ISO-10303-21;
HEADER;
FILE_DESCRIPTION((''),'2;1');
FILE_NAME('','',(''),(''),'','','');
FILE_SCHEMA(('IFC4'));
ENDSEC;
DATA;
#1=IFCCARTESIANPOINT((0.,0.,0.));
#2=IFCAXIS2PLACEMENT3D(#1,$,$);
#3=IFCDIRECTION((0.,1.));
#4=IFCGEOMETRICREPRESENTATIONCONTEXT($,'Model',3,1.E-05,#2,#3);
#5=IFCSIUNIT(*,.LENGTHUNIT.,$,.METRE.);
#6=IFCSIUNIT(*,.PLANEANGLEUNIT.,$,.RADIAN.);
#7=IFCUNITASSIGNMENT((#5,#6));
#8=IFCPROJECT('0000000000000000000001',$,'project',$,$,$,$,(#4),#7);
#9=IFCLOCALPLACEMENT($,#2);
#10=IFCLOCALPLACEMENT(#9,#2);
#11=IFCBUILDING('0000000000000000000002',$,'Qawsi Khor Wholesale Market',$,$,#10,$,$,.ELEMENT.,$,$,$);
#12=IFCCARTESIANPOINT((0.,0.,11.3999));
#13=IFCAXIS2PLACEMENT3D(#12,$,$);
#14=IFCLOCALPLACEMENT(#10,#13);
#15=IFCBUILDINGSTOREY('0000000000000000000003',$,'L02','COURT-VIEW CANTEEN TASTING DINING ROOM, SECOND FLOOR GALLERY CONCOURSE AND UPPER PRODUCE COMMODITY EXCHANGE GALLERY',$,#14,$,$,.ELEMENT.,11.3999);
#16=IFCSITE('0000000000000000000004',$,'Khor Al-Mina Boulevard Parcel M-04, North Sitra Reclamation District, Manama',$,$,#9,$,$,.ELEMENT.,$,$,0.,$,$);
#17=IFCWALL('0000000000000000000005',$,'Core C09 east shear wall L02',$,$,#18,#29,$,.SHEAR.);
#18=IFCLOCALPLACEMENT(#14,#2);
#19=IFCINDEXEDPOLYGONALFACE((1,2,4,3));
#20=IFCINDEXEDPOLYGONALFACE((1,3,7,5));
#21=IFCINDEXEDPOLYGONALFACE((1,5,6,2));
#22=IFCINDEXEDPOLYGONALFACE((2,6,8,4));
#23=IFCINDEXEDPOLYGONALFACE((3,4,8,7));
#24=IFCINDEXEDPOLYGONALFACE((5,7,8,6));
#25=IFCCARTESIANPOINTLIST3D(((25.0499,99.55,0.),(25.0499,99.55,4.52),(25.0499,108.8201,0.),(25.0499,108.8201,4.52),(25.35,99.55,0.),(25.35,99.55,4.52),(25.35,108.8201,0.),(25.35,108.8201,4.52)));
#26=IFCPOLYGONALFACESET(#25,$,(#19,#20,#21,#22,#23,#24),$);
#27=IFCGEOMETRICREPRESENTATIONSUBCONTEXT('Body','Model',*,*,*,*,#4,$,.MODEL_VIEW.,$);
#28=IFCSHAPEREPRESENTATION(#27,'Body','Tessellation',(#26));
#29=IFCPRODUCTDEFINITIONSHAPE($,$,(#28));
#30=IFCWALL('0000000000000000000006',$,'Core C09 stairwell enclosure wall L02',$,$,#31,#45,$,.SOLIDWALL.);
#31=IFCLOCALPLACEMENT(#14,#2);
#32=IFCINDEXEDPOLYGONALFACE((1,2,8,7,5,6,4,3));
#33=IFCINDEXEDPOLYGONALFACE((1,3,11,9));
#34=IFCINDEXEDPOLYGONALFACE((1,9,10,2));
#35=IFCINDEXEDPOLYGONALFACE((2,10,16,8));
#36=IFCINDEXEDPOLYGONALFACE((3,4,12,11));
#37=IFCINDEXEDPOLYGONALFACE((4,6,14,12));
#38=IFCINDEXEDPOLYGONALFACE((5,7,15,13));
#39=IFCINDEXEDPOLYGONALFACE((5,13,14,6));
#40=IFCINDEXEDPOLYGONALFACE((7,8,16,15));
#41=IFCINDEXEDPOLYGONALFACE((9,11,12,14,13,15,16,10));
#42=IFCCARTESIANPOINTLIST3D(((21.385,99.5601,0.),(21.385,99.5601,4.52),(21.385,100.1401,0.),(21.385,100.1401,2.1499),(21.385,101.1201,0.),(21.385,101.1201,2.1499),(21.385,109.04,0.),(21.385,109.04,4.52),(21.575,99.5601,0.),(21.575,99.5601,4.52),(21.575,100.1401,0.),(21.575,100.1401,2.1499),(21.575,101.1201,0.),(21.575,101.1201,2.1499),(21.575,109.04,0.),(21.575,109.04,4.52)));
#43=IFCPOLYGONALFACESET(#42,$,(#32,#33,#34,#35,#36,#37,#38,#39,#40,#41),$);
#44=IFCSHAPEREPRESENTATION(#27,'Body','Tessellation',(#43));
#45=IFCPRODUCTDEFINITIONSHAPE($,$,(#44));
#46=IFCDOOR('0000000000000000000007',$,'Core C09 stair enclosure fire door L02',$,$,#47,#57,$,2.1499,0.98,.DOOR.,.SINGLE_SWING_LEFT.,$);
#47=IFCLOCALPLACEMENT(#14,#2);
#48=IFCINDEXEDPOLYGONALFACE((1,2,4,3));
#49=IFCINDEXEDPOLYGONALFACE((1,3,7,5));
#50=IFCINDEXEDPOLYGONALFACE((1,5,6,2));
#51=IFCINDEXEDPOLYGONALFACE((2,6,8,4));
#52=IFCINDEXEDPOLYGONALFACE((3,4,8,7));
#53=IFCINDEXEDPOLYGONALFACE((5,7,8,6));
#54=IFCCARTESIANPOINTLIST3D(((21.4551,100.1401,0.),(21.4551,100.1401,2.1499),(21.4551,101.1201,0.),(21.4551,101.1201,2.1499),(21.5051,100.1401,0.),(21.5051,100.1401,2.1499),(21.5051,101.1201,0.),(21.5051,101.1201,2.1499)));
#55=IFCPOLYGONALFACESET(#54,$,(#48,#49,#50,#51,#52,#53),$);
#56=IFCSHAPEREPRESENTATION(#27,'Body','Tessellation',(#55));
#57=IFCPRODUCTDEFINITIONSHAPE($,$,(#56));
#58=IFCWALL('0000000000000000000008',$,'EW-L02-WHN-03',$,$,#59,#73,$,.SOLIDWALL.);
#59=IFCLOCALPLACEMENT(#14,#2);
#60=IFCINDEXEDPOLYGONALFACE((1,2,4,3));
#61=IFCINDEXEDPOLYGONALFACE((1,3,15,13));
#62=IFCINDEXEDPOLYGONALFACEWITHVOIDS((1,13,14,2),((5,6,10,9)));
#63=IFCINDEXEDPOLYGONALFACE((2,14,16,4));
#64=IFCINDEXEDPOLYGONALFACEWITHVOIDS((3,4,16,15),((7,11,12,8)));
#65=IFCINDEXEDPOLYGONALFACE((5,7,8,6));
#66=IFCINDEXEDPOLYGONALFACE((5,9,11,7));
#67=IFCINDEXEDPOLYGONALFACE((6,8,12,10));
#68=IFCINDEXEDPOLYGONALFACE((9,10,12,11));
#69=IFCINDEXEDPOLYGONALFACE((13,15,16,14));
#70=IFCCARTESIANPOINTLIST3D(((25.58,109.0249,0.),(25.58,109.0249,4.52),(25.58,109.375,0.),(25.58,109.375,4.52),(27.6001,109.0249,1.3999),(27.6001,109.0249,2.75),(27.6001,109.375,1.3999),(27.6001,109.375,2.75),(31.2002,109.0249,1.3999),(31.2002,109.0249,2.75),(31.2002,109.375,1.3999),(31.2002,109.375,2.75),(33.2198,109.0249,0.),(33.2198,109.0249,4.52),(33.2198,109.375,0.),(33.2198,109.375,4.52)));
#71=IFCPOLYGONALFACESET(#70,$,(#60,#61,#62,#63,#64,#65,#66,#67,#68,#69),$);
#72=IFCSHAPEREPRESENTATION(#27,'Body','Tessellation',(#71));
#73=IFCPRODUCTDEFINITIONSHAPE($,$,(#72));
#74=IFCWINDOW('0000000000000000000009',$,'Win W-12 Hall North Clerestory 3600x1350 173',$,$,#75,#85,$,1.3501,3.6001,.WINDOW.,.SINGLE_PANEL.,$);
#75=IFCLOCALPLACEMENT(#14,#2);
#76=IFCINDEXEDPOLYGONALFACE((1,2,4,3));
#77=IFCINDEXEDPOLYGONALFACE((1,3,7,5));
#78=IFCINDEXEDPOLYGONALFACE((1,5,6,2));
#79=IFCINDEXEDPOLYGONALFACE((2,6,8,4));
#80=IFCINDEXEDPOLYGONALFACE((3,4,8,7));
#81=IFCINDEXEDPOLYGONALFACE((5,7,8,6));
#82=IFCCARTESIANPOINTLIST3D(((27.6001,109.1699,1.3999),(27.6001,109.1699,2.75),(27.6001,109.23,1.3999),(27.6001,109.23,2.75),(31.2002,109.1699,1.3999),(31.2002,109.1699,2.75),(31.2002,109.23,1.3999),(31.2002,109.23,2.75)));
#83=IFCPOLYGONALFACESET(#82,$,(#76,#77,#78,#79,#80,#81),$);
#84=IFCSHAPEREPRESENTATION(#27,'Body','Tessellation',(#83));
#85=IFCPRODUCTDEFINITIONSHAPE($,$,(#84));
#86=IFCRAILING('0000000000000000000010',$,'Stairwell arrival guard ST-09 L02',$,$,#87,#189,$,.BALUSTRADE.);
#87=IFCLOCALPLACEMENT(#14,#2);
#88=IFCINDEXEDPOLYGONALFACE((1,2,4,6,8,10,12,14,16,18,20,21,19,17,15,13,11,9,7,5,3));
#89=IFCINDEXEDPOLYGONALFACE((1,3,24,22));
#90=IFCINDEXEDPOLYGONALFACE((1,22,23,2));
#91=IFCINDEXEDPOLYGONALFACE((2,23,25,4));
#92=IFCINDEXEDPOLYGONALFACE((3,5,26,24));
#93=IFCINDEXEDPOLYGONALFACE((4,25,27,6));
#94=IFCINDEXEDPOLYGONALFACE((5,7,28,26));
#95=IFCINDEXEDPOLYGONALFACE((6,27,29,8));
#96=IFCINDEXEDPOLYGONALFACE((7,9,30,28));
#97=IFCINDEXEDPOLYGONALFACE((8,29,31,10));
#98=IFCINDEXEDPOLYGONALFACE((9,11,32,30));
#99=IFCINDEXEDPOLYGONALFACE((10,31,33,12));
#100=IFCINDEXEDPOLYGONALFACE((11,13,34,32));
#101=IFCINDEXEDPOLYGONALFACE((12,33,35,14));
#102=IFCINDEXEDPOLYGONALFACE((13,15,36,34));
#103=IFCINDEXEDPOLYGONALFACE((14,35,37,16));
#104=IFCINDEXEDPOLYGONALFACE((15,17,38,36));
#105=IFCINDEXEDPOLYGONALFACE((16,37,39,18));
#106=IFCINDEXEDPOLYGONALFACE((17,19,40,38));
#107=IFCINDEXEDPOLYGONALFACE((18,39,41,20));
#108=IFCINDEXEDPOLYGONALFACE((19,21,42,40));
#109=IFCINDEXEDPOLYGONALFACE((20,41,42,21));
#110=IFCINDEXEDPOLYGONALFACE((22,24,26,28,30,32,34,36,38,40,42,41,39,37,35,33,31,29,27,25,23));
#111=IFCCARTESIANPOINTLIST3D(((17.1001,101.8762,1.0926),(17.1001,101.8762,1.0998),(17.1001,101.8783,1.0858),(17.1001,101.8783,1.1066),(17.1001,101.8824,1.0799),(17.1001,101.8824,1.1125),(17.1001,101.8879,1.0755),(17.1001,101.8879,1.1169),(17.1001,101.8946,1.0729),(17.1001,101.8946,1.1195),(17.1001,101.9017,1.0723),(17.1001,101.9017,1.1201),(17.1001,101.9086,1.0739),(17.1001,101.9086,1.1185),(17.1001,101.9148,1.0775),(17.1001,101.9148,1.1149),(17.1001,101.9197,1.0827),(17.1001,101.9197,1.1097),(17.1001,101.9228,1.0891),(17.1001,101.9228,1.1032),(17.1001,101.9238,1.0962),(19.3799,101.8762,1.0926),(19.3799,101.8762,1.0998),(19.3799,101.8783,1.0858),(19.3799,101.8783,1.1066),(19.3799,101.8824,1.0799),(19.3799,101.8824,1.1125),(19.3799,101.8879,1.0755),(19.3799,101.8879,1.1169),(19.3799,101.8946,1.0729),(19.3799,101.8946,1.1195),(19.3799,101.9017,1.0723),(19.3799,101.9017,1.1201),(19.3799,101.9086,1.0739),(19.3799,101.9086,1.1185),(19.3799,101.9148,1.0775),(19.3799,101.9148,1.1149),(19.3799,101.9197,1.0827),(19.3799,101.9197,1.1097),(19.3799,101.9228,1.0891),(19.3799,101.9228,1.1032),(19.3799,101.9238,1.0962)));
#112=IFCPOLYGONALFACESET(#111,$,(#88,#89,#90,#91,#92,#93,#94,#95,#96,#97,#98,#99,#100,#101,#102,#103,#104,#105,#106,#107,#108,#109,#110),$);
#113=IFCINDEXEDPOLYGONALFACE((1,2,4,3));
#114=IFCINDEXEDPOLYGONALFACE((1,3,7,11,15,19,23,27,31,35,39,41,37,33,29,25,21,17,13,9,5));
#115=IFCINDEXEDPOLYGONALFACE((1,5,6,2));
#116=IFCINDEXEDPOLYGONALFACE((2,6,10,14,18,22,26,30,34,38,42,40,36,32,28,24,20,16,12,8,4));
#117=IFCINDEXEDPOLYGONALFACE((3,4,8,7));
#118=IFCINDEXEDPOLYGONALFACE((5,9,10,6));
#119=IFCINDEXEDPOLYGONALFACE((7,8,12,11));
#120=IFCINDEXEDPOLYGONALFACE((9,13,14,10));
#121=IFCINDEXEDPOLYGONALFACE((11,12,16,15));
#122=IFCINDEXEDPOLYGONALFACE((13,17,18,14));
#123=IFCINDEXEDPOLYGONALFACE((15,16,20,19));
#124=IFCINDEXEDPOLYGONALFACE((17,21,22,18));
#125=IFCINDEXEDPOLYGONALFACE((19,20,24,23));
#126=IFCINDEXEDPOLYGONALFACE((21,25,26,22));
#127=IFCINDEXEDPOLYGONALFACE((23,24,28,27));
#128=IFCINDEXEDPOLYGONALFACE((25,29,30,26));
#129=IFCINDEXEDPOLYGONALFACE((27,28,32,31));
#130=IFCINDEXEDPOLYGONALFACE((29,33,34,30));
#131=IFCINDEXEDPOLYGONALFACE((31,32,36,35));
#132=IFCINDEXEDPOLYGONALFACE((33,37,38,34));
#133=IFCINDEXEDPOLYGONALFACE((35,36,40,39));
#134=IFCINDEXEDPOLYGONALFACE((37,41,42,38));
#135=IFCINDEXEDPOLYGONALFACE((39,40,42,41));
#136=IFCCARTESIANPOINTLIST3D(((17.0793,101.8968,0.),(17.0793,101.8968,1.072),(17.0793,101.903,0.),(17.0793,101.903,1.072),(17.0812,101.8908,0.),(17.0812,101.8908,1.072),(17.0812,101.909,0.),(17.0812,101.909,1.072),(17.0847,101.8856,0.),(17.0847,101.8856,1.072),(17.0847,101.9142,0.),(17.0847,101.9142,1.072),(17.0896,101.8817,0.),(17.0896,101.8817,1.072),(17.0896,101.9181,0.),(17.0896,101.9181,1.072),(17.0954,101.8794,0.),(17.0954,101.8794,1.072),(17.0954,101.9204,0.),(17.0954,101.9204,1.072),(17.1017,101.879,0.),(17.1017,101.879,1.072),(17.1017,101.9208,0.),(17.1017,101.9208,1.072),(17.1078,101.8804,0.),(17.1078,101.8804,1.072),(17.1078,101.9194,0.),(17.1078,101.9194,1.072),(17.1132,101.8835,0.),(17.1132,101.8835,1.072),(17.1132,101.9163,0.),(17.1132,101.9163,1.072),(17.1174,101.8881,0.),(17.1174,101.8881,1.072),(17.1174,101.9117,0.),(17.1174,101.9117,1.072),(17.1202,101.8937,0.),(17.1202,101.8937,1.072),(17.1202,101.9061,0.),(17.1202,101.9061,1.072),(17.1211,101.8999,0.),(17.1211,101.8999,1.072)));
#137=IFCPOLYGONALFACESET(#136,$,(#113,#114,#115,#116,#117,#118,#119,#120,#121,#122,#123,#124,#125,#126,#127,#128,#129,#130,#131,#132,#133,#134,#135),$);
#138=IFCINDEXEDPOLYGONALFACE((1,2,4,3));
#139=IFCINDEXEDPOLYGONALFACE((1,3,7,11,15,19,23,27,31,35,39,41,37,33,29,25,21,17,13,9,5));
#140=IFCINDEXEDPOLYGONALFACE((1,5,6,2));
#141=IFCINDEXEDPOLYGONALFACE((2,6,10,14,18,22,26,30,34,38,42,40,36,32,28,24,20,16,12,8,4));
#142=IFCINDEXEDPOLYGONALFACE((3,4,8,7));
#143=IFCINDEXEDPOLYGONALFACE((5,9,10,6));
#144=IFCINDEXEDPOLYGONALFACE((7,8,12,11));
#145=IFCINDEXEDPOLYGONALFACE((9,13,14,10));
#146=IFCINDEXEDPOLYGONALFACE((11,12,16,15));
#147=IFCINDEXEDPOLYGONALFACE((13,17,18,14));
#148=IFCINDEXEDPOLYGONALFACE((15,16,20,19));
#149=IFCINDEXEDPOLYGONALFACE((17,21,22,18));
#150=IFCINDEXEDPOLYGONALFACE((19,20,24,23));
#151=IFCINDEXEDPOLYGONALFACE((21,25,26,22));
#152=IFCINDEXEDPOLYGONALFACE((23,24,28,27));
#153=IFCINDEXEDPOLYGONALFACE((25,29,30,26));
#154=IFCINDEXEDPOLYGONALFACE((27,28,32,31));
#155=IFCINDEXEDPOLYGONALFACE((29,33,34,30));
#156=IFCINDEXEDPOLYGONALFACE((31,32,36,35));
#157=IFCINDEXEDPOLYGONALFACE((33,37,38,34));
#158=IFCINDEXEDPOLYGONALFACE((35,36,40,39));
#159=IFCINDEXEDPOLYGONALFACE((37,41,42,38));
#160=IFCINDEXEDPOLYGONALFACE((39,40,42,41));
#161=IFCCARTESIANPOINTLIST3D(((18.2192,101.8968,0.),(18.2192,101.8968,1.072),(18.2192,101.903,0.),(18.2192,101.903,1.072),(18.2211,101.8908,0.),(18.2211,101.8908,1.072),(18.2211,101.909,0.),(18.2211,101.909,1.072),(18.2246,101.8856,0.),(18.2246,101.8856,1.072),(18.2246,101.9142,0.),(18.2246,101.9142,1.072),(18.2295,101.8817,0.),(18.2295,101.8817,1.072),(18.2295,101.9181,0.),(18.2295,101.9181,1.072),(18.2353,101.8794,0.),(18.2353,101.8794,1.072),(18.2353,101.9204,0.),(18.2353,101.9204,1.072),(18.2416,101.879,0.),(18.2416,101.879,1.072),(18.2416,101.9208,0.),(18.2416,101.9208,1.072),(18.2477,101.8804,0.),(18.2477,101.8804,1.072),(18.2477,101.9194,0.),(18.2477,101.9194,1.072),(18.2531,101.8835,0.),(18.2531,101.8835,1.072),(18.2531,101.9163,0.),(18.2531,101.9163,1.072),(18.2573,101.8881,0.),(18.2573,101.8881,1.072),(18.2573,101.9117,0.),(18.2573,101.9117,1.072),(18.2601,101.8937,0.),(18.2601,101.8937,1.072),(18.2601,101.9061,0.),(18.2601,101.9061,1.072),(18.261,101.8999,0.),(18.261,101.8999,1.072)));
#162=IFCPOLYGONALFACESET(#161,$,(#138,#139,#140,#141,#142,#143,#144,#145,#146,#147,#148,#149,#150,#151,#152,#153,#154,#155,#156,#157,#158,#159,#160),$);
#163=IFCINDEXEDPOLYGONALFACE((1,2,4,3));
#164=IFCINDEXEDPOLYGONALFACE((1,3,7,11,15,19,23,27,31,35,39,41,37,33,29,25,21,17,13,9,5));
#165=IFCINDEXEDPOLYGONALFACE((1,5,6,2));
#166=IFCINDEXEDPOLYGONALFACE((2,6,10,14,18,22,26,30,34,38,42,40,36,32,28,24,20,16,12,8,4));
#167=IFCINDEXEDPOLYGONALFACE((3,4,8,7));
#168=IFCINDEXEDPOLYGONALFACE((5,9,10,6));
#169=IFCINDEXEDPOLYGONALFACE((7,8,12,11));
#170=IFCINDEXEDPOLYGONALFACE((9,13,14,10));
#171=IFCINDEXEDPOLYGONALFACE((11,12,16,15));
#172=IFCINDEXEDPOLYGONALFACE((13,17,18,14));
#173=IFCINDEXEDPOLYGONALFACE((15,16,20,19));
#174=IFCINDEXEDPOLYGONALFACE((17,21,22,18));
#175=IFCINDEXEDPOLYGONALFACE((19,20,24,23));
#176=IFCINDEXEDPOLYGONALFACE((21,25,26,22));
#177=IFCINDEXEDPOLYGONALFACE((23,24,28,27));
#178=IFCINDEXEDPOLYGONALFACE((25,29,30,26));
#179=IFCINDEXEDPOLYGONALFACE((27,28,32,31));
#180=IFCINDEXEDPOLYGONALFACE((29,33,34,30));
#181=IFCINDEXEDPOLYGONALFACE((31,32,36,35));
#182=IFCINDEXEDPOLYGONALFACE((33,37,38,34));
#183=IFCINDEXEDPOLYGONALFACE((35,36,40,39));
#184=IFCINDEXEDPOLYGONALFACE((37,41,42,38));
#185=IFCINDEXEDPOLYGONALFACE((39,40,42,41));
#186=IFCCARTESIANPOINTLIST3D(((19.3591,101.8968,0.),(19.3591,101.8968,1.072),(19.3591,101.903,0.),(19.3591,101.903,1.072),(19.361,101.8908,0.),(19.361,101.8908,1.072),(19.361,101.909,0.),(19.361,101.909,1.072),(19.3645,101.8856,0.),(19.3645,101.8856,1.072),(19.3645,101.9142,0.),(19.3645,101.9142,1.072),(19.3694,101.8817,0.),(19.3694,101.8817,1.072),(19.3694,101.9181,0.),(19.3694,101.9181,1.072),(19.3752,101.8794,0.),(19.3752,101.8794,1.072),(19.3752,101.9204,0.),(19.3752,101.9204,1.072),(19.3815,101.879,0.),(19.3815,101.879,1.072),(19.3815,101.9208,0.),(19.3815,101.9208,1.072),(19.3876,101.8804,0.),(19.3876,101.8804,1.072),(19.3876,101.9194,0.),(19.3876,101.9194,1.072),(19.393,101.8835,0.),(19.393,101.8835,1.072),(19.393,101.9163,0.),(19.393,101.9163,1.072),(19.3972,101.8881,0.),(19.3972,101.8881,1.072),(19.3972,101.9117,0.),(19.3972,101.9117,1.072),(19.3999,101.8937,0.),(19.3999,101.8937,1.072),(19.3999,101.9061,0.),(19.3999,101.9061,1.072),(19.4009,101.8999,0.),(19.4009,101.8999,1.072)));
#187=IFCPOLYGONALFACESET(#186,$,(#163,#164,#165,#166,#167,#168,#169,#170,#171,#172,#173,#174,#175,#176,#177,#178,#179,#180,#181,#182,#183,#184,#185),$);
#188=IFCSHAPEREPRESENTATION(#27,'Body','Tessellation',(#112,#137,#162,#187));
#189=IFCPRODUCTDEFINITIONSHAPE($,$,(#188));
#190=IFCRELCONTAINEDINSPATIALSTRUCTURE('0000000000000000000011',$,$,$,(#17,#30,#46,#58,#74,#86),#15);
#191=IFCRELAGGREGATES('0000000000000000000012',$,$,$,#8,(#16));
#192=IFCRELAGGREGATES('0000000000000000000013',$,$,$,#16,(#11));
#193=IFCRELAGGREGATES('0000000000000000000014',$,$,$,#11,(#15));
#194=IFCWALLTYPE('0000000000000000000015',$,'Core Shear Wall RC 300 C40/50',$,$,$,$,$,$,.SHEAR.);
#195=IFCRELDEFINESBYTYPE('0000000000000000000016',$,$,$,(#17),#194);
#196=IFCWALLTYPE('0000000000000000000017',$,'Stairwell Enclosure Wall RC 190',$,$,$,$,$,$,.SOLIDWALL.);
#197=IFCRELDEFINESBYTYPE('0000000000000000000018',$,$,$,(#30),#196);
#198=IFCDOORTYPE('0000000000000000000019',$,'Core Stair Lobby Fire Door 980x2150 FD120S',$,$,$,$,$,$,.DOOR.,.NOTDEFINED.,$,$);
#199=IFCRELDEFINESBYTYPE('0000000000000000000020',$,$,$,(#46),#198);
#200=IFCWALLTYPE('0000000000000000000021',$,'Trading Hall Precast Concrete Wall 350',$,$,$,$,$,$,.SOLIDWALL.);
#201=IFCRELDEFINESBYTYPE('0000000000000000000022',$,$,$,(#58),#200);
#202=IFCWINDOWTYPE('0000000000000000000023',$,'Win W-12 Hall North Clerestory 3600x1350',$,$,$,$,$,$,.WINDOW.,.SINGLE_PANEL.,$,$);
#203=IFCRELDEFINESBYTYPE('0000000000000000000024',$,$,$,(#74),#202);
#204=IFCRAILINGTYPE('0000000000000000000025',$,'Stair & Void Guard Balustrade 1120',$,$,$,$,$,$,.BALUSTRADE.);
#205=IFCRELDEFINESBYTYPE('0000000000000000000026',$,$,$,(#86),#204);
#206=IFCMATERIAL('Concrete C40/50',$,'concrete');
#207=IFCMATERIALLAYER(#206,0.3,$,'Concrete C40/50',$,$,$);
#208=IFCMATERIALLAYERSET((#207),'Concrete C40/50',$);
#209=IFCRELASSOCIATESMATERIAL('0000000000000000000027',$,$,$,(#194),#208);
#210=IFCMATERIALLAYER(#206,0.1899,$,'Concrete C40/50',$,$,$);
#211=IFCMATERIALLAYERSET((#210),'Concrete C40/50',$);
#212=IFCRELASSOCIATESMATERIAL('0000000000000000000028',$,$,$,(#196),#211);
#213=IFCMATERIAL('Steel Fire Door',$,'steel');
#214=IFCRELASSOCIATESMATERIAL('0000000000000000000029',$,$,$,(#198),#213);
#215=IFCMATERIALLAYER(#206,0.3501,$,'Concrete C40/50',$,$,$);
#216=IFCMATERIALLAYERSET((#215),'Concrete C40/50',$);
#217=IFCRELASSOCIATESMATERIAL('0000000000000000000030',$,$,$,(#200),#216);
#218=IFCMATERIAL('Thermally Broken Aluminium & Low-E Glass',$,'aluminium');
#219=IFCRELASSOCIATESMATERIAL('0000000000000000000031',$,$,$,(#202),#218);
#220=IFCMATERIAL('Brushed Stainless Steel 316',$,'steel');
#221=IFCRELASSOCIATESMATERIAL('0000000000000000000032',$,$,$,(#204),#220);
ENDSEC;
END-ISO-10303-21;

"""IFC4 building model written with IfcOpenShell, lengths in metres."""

from ifc_helpers import new_model, si_unit, direction, frame, frame_2d, origin, origin_2d, place, context, subcontext, project, spatial, rectangle, circle, extrude, material, layer, layer_set, type_object, element, fill, save


model = new_model("IFC4")

# Units and contexts
model_context = context("Model", 3, precision=1e-05, world=origin(), true_north=direction((0.0, 1.0)))
body_context = subcontext(model_context, "Body", "Model", "MODEL_VIEW")
ifc_project = project(units=[si_unit("LENGTHUNIT", "METRE"), si_unit("PLANEANGLEUNIT", "RADIAN")], contexts=[model_context])

# Site, building, storey
site_placement = place(None, origin())
site = spatial("IfcSite", under=ifc_project, at=site_placement, Name="Khor Al-Mina Boulevard Parcel M-04, North Sitra Reclamation District, Manama", CompositionType="ELEMENT", RefElevation=0.0)
building_placement = place(site_placement, origin())
building = spatial("IfcBuilding", under=site, at=building_placement, Name="Qawsi Khor Wholesale Market", CompositionType="ELEMENT")
storey_placement = place(building_placement, frame((0.0, 0.0, 11.3999)))
storey = spatial("IfcBuildingStorey", under=building, at=storey_placement, Name="L02", Description="COURT-VIEW CANTEEN TASTING DINING ROOM, SECOND FLOOR GALLERY CONCOURSE AND UPPER PRODUCE COMMODITY EXCHANGE GALLERY", CompositionType="ELEMENT", Elevation=11.3999)

# Shared definitions
ifc_material_1 = material(Name="Concrete C40/50", Category="concrete")

# Shared definitions
ifc_layer_1 = layer(ifc_material_1, 0.3, Name="Concrete C40/50")
ifc_layer_set_1 = layer_set([ifc_layer_1], Name="Concrete C40/50")
wall_type_1 = type_object("IfcWallType", Name="Core Shear Wall RC 300 C40/50", PredefinedType="SHEAR", material=ifc_layer_set_1)
ifc_material_2 = material(Name="Steel Fire Door", Category="steel")

# Wall
wall_1_placement = place(storey_placement, frame((25.2, 108.8201, 0.0), z_axis=(0.0, 0.0, 1.0), x_axis=(0.0, -1.0, 0.0)))
element("IfcWall", 1, at=wall_1_placement, inside=storey, type_object=wall_type_1, Name="Core C09 east shear wall L02", PredefinedType="SHEAR", context=body_context, shape_type="SweptSolid", body=[
    extrude(rectangle(XDim=9.27, YDim=0.3, at=frame_2d((4.635, 0.0))), origin(), (0.0, 0.0, 1.0), 4.52),
])

# Wall, opening, door
ifc_layer_2 = layer(ifc_material_1, 0.1899, Name="Concrete C40/50")
ifc_layer_set_2 = layer_set([ifc_layer_2], Name="Concrete C40/50")
wall_type_2 = type_object("IfcWallType", Name="Stairwell Enclosure Wall RC 190", PredefinedType="SOLIDWALL", material=ifc_layer_set_2)
wall_2_placement = place(storey_placement, frame((21.48, 99.5601, 0.0), z_axis=(0.0, 0.0, 1.0), x_axis=(0.0, 1.0, 0.0)))
wall_2 = element("IfcWall", 2, at=wall_2_placement, inside=storey, type_object=wall_type_2, Name="Core C09 stairwell enclosure wall L02", PredefinedType="SOLIDWALL", context=body_context, shape_type="SweptSolid", body=[
    extrude(rectangle(XDim=9.48, YDim=0.1899, at=frame_2d((4.74, 0.0))), origin(), (0.0, 0.0, 1.0), 4.52),
])
opening_1_placement = place(wall_2_placement, frame((0.5801, 0.0, 0.0)))
opening_1 = element("IfcOpeningElement", 3, at=opening_1_placement, cuts=wall_2, PredefinedType="OPENING", context=body_context, shape_type="SweptSolid", body=[
    extrude(rectangle(XDim=0.98, YDim=2.1499, at=frame_2d((0.49, 1.075))), frame((0.0, 0.105, 0.0), z_axis=(0.0, -1.0, 0.0), x_axis=(1.0, 0.0, 0.0)), (0.0, 0.0, 1.0), 0.21),
])
door_type_1 = type_object("IfcDoorType", Name="Core Stair Lobby Fire Door 980x2150 FD120S", OperationType="NOTDEFINED", PredefinedType="DOOR", material=ifc_material_2)
door_1_placement = place(opening_1_placement, origin())
door_1 = element("IfcDoor", 4, at=door_1_placement, inside=storey, type_object=door_type_1, Name="Core C09 stair enclosure fire door L02", OperationType="SINGLE_SWING_LEFT", OverallHeight=2.1499, OverallWidth=0.98, PredefinedType="DOOR", context=body_context, shape_type="SweptSolid", body=[
    extrude(rectangle(XDim=0.98, YDim=2.1499, at=frame_2d((0.49, 1.075))), frame((0.0, 0.0249, 0.0), z_axis=(0.0, -1.0, 0.0), x_axis=(1.0, 0.0, 0.0)), (0.0, 0.0, 1.0), 0.05),
])
fill(opening_1, door_1)

# Wall, opening, window
ifc_layer_3 = layer(ifc_material_1, 0.3501, Name="Concrete C40/50")
ifc_layer_set_3 = layer_set([ifc_layer_3], Name="Concrete C40/50")
wall_type_3 = type_object("IfcWallType", Name="Trading Hall Precast Concrete Wall 350", PredefinedType="SOLIDWALL", material=ifc_layer_set_3)
wall_3_placement = place(storey_placement, frame((25.5801, 109.2, 0.0), z_axis=(0.0, 0.0, 1.0), x_axis=(1.0, 0.0, 0.0)))
wall_3 = element("IfcWall", 5, at=wall_3_placement, inside=storey, type_object=wall_type_3, Name="EW-L02-WHN-03", PredefinedType="SOLIDWALL", context=body_context, shape_type="SweptSolid", body=[
    extrude(rectangle(XDim=7.6399, YDim=0.3501, at=frame_2d((3.8198, 0.0))), origin(), (0.0, 0.0, 1.0), 4.52),
])
opening_2_placement = place(wall_3_placement, frame((2.02, 0.0, 1.3999)))
opening_2 = element("IfcOpeningElement", 6, at=opening_2_placement, cuts=wall_3, PredefinedType="OPENING", context=body_context, shape_type="SweptSolid", body=[
    extrude(rectangle(XDim=3.6001, YDim=1.3501, at=frame_2d((1.8, 0.675))), frame((0.0, 0.1851, 0.0), z_axis=(0.0, -1.0, 0.0), x_axis=(1.0, 0.0, 0.0)), (0.0, 0.0, 1.0), 0.3701),
])
ifc_material_3 = material(Name="Thermally Broken Aluminium & Low-E Glass", Category="aluminium")
window_type = type_object("IfcWindowType", Name="Win W-12 Hall North Clerestory 3600x1350", PartitioningType="SINGLE_PANEL", PredefinedType="WINDOW", material=ifc_material_3)
window_placement = place(opening_2_placement, origin())
window = element("IfcWindow", 7, at=window_placement, inside=storey, type_object=window_type, Name="Win W-12 Hall North Clerestory 3600x1350 173", OverallHeight=1.3501, OverallWidth=3.6001, PartitioningType="SINGLE_PANEL", PredefinedType="WINDOW", context=body_context, shape_type="SweptSolid", body=[
    extrude(rectangle(XDim=3.6001, YDim=1.3501, at=frame_2d((1.8, 0.675))), frame((0.0, 0.03, 0.0), z_axis=(0.0, -1.0, 0.0), x_axis=(1.0, 0.0, 0.0)), (0.0, 0.0, 1.0), 0.0601),
])
fill(opening_2, window)

# Railing
ifc_material_4 = material(Name="Brushed Stainless Steel 316", Category="steel")
railing_type = type_object("IfcRailingType", Name="Stair & Void Guard Balustrade 1120", PredefinedType="BALUSTRADE", material=ifc_material_4)
railing_placement = place(storey_placement, frame((17.1001, 101.8999, 0.0)))
element("IfcRailing", 8, at=railing_placement, inside=storey, type_object=railing_type, Name="Stairwell arrival guard ST-09 L02", PredefinedType="BALUSTRADE", context=body_context, shape_type="SweptSolid", body=[
    extrude(circle(Radius=0.0239, at=origin_2d()), frame((0.0, 0.0, 1.0962), z_axis=(1.0, 0.0, 0.0), x_axis=(0.0, 1.0, 0.0)), (0.0, 0.0, 1.0), 2.2798),
    extrude(circle(Radius=0.021, at=origin_2d()), origin(), (0.0, 0.0, 1.0), 1.072),
    extrude(circle(Radius=0.021, at=origin_2d()), frame((1.1399, 0.0, 0.0)), (0.0, 0.0, 1.0), 1.072),
    extrude(circle(Radius=0.021, at=origin_2d()), frame((2.2798, 0.0, 0.0)), (0.0, 0.0, 1.0), 1.072),
])

save(model, "model.ifc")
